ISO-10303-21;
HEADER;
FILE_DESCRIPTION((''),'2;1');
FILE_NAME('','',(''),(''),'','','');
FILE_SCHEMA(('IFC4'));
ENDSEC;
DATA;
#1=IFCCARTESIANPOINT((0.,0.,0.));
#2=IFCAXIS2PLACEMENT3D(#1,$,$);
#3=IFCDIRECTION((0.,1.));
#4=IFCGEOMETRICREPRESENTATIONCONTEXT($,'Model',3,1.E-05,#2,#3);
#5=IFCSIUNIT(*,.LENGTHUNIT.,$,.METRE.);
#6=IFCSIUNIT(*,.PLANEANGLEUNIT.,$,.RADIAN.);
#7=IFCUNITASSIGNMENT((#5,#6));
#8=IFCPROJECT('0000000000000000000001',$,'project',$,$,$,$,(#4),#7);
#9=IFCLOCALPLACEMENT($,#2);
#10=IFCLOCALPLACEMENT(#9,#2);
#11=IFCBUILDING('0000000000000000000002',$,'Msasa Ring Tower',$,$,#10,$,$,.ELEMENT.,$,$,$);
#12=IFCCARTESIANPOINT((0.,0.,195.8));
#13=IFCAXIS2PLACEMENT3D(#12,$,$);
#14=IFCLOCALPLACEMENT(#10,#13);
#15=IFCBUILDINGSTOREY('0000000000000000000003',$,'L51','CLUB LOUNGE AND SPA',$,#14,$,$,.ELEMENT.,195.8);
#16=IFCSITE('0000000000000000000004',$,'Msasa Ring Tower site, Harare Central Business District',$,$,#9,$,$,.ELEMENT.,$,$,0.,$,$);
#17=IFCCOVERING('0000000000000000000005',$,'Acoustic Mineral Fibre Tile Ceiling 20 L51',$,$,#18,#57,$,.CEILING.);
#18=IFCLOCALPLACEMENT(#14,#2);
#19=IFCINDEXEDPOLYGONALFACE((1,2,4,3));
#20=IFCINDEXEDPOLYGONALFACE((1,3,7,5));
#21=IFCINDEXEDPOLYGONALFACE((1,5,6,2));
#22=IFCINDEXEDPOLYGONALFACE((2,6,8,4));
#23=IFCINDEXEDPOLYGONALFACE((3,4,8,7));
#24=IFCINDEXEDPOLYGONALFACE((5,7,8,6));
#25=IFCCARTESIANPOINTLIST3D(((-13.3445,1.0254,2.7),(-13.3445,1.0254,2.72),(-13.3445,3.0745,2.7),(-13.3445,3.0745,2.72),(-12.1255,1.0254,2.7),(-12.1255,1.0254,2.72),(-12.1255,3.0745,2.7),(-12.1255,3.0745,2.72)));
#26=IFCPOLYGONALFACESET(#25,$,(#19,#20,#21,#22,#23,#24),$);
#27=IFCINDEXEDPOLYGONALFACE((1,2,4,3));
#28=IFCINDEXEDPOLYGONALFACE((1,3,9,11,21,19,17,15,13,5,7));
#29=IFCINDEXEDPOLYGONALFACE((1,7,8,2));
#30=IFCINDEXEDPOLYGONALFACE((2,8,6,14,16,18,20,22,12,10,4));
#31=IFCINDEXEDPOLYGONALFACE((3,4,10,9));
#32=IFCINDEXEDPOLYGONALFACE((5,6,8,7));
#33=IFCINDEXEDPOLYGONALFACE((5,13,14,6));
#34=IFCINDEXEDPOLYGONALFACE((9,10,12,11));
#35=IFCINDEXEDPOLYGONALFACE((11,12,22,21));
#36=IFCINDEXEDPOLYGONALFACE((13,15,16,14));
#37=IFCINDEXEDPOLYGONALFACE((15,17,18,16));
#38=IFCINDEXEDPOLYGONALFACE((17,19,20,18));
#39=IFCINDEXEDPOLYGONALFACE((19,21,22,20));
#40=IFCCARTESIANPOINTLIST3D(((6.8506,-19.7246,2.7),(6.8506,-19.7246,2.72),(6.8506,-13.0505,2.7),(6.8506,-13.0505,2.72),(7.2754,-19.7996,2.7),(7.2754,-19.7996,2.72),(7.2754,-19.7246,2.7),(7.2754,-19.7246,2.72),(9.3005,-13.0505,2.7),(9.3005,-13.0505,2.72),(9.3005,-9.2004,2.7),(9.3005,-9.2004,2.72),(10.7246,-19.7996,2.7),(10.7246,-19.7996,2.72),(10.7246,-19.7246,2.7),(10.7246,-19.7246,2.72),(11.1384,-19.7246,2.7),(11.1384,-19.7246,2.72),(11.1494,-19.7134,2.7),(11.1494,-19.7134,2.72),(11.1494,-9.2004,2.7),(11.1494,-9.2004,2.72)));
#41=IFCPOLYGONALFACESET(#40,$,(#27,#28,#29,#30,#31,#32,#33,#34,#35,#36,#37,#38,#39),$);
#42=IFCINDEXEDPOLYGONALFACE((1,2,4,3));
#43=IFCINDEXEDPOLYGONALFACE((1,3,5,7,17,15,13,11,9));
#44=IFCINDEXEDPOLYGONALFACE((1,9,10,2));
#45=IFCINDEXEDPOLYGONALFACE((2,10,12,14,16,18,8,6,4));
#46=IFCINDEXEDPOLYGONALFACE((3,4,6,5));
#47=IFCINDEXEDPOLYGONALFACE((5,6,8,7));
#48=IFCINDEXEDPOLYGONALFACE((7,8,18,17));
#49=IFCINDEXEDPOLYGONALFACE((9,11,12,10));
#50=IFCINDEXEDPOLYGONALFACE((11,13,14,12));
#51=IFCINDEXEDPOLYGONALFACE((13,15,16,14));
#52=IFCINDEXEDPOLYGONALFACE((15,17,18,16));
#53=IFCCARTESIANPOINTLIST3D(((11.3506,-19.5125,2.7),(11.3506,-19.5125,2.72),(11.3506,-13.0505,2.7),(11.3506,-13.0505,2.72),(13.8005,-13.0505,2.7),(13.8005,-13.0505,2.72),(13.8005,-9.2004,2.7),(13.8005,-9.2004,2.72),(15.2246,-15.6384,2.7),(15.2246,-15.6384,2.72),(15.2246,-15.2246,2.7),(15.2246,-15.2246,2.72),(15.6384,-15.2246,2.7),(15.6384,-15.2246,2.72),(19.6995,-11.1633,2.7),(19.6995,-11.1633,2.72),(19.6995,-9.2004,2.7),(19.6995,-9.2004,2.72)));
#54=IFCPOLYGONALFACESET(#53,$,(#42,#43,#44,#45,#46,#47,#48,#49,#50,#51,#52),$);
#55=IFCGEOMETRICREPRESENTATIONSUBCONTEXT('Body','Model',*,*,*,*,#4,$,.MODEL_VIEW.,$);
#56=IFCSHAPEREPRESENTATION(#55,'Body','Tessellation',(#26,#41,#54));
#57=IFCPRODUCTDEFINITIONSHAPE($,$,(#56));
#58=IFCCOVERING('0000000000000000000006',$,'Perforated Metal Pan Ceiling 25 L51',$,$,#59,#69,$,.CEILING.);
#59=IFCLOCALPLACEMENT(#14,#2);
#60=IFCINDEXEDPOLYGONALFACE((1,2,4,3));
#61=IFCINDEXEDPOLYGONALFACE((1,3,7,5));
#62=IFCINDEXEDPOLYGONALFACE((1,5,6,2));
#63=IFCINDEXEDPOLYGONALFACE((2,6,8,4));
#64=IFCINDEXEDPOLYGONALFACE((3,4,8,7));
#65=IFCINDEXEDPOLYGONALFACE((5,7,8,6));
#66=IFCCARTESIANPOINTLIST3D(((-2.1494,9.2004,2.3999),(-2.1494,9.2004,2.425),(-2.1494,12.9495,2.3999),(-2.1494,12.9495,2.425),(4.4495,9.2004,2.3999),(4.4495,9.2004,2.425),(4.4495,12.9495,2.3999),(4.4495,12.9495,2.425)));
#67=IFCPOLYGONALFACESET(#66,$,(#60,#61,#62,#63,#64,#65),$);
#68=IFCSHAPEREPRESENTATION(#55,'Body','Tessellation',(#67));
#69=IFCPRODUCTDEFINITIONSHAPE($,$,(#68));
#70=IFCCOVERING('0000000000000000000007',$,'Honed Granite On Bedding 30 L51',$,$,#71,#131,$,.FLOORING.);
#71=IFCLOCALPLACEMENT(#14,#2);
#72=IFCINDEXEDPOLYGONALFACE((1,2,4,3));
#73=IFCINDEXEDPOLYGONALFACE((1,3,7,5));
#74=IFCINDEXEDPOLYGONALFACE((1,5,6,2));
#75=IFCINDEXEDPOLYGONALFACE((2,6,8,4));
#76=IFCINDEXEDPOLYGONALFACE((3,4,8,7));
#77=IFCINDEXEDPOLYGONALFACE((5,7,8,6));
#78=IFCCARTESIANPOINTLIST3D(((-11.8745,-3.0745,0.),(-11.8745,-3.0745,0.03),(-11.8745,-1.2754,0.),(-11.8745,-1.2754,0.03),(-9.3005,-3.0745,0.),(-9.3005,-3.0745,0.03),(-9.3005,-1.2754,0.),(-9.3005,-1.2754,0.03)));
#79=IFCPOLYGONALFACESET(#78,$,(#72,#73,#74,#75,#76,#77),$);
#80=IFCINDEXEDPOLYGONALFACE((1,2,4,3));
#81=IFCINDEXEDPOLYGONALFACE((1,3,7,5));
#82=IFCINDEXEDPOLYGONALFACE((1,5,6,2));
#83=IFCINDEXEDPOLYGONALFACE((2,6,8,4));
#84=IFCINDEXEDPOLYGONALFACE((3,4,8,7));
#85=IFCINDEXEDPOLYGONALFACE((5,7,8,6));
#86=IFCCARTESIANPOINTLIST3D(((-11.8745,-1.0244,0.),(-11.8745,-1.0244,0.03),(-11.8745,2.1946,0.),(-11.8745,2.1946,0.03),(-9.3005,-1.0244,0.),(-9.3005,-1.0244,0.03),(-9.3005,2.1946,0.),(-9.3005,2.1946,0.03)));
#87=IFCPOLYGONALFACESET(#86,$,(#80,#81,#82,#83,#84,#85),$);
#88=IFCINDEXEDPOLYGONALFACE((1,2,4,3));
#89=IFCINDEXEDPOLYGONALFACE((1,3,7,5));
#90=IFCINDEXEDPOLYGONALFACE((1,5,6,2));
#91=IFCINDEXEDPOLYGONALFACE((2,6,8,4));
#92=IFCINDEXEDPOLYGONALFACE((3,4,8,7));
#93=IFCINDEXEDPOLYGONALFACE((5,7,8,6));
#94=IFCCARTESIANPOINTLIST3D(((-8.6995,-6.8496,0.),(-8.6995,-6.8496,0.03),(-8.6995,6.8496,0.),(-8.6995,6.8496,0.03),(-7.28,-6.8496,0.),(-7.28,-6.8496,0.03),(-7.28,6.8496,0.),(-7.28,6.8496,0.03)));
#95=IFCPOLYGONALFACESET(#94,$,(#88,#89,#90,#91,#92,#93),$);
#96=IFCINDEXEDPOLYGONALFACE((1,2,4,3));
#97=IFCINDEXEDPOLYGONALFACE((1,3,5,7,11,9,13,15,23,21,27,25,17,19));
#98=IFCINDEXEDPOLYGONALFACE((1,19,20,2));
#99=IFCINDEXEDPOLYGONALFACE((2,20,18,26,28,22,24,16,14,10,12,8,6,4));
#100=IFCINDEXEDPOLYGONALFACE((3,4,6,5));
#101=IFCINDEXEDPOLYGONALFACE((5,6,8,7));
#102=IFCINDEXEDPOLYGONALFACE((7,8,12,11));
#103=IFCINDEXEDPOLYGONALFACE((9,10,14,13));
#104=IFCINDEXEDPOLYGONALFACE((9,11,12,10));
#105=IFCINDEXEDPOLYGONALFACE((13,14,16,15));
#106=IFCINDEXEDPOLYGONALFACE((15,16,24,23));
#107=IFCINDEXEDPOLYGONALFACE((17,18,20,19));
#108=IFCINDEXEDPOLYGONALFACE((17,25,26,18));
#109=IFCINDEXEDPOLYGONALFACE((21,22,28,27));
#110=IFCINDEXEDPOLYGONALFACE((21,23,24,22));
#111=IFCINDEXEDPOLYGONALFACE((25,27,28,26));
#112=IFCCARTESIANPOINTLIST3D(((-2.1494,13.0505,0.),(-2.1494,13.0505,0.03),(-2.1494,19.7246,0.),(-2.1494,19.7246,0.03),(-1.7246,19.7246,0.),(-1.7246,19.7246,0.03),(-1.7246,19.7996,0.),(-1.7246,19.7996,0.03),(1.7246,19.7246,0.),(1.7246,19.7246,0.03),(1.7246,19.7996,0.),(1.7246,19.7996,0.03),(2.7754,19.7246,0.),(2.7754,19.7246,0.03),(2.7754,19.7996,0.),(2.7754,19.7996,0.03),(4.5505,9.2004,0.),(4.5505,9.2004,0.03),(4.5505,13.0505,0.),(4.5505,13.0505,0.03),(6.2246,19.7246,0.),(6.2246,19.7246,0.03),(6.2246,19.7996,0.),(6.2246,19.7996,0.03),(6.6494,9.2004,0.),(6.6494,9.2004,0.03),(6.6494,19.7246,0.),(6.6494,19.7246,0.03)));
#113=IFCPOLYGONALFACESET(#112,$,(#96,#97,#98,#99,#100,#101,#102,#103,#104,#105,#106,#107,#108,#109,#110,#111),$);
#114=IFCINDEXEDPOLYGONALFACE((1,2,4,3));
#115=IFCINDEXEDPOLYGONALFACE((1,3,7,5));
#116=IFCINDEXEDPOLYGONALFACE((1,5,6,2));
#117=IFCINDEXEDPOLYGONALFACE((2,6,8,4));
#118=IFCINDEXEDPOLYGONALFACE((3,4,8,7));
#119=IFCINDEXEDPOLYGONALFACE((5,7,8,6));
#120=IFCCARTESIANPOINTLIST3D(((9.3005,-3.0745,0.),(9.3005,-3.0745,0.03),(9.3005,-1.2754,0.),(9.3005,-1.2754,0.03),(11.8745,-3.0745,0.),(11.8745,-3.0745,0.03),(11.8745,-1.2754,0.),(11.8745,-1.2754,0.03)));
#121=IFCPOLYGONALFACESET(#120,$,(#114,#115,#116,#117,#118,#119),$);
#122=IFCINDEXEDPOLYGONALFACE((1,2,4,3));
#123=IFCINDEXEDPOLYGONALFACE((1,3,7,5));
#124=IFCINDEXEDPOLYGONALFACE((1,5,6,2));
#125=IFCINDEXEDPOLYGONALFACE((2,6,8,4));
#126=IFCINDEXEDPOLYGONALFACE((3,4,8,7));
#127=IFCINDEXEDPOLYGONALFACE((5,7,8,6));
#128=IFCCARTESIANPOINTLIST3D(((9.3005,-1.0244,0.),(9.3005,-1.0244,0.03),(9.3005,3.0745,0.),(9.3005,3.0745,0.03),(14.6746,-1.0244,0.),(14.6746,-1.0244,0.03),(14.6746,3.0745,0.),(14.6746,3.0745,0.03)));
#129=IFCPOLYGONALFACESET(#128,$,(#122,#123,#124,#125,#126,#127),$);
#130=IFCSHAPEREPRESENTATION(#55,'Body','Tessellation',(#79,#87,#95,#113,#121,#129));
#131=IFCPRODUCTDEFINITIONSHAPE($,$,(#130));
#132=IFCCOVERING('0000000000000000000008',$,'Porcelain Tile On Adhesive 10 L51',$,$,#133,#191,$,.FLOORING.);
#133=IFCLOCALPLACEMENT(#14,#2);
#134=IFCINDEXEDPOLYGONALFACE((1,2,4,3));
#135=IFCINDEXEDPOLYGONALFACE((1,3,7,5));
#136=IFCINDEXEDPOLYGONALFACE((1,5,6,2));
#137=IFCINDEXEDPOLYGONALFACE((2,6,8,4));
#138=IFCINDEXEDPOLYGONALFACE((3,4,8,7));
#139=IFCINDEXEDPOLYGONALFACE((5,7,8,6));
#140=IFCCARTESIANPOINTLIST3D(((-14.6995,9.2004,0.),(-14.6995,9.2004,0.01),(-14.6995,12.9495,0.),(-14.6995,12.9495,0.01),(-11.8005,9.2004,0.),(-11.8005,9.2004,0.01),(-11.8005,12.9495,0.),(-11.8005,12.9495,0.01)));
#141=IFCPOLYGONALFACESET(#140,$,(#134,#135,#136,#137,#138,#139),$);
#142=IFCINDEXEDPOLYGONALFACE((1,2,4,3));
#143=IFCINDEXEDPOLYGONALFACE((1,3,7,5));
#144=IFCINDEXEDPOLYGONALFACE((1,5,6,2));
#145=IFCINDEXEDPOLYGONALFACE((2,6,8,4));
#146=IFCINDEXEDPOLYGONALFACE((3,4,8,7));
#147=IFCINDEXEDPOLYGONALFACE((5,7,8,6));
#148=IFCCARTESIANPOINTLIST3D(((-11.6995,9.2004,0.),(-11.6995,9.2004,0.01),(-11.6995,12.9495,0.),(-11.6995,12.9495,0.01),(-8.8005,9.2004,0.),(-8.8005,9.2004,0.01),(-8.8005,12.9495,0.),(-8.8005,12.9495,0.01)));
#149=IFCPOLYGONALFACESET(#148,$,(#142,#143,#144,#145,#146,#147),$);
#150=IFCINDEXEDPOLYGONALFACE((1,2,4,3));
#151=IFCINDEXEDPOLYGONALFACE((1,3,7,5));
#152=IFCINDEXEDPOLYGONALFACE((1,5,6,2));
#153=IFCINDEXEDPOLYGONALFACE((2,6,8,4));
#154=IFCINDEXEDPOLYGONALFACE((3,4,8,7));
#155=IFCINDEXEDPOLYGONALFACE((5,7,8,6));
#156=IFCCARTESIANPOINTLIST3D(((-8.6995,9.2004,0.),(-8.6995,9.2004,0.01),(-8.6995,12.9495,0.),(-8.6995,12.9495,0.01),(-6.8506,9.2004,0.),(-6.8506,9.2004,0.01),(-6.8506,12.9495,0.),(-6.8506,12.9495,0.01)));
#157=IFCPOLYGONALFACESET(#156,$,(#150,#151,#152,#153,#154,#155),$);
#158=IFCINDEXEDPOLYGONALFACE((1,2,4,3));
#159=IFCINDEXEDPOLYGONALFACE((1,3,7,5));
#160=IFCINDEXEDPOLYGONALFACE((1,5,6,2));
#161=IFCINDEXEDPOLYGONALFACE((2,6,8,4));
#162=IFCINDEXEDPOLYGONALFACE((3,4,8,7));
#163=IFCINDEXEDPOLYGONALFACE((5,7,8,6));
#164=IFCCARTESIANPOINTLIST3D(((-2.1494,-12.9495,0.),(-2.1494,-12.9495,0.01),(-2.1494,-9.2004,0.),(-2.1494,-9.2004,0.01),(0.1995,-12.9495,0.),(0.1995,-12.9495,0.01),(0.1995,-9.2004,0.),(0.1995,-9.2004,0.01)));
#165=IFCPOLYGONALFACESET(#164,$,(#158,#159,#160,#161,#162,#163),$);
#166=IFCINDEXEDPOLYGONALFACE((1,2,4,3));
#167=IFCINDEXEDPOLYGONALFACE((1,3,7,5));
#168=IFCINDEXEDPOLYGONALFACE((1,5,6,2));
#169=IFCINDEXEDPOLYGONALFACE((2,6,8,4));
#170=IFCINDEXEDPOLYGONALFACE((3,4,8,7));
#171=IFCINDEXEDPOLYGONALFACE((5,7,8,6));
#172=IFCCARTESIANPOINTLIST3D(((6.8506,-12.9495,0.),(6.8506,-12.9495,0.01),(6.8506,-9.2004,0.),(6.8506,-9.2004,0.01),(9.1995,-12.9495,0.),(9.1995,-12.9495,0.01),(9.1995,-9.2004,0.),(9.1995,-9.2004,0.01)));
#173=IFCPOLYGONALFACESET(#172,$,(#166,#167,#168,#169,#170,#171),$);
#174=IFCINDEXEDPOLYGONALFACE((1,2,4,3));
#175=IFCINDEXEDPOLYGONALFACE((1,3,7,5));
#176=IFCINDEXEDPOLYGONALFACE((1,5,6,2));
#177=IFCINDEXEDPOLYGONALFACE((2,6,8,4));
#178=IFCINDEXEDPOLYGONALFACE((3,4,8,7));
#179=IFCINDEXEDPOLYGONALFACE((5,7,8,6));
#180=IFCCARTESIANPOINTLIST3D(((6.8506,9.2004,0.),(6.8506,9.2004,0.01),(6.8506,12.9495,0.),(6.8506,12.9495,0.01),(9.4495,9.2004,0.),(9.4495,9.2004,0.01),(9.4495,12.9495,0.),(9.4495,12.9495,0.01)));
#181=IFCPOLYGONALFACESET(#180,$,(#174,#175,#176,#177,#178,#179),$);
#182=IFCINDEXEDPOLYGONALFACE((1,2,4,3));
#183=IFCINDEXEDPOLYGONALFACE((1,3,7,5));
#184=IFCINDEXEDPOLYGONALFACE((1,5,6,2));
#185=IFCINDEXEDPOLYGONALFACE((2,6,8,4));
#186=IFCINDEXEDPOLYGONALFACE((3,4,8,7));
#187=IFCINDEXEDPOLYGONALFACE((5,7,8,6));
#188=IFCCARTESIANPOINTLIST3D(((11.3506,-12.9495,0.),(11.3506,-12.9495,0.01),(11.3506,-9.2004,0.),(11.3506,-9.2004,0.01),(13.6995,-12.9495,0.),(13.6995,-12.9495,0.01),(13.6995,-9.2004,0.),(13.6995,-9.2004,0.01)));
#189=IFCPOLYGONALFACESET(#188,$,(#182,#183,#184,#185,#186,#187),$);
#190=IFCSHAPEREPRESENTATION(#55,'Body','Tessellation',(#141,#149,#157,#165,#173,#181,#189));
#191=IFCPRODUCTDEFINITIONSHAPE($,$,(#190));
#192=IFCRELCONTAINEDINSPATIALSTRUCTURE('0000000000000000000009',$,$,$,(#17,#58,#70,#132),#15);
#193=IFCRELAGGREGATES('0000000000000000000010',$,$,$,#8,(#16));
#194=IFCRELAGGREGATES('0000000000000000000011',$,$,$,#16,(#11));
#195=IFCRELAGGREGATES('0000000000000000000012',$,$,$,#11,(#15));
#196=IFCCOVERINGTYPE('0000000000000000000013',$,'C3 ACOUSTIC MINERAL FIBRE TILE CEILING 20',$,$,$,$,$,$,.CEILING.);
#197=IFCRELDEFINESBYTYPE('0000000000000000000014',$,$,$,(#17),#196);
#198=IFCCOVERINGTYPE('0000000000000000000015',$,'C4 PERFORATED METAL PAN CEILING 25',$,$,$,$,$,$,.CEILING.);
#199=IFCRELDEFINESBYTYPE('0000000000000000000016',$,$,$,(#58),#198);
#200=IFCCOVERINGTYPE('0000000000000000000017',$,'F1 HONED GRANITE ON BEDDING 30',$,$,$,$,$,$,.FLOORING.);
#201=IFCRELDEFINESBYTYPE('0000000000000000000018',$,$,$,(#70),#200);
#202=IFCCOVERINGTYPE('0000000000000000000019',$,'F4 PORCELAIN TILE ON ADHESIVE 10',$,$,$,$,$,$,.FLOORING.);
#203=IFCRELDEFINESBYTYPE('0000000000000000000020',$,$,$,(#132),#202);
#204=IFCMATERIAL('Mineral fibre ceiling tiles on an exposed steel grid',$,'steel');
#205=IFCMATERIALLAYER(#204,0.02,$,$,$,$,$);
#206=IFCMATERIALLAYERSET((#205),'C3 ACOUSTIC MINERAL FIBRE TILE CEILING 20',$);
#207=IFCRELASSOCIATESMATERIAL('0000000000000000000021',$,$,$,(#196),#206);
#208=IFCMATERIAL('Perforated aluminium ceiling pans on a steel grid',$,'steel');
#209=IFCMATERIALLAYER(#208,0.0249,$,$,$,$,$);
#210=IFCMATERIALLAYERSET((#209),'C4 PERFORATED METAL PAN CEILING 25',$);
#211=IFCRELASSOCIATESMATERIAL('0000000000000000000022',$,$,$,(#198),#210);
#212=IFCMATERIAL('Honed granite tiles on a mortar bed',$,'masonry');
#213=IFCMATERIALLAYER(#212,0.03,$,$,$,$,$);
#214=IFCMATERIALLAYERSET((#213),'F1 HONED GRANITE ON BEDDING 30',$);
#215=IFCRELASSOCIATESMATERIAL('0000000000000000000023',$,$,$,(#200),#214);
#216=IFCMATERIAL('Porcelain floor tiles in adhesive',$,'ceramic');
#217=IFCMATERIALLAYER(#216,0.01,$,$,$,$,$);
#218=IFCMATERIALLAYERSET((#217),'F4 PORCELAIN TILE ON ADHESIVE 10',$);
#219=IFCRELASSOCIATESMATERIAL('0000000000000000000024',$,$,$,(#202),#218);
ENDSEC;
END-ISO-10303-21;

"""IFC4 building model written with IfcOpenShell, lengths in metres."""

from ifc_helpers import new_model, si_unit, direction, frame, origin, place, context, subcontext, project, spatial, line, indexed_curve, outline, extrude, material, layer, layer_set, type_object, element, save


model = new_model("IFC4")

# Units and contexts
model_context = context("Model", 3, precision=1e-05, world=origin(), true_north=direction((0.0, 1.0)))
body_context = subcontext(model_context, "Body", "Model", "MODEL_VIEW")
ifc_project = project(units=[si_unit("LENGTHUNIT", "METRE"), si_unit("PLANEANGLEUNIT", "RADIAN")], contexts=[model_context])

# Site, building, storey
site_placement = place(None, origin())
site = spatial("IfcSite", under=ifc_project, at=site_placement, Name="Msasa Ring Tower site, Harare Central Business District", CompositionType="ELEMENT", RefElevation=0.0)
building_placement = place(site_placement, origin())
building = spatial("IfcBuilding", under=site, at=building_placement, Name="Msasa Ring Tower", CompositionType="ELEMENT")
storey_placement = place(building_placement, frame((0.0, 0.0, 195.8)))
storey = spatial("IfcBuildingStorey", under=building, at=storey_placement, Name="L51", Description="CLUB LOUNGE AND SPA", CompositionType="ELEMENT", Elevation=195.8)

# Coverings
ifc_material_1 = material(Name="Mineral fibre ceiling tiles on an exposed steel grid", Category="steel")
ifc_layer_1 = layer(ifc_material_1, 0.02)
ifc_layer_set_1 = layer_set([ifc_layer_1], Name="C3 ACOUSTIC MINERAL FIBRE TILE CEILING 20")
covering_type_1 = type_object("IfcCoveringType", Name="C3 ACOUSTIC MINERAL FIBRE TILE CEILING 20", PredefinedType="CEILING", material=ifc_layer_set_1)
covering_1_placement = place(storey_placement, frame((0.0, 0.0, 2.7)))
element("IfcCovering", 1, at=covering_1_placement, inside=storey, type_object=covering_type_1, Name="Acoustic Mineral Fibre Tile Ceiling 20 L51", PredefinedType="CEILING", context=body_context, shape_type="SweptSolid", body=[
    extrude(outline(indexed_curve([(-12.1255, 1.0254), (-13.3445, 1.0254), (-13.3445, 3.0745), (-12.1255, 3.0745)], segments=[line(1, 2, 3, 4, 1)], self_intersect=False)), origin(), (0.0, 0.0, 1.0), 0.02),
    extrude(outline(indexed_curve([(7.2754, -19.7996), (7.2754, -19.7246), (6.8506, -19.7246), (6.8506, -13.0505), (9.3005, -13.0505), (9.3005, -9.2004), (11.1494, -9.2004), (11.1494, -19.7134), (11.1384, -19.7246), (10.7246, -19.7246), (10.7246, -19.7996)], segments=[line(1, 2, 3, 4, 5, 6, 7, 8, 9, 10, 11, 1)], self_intersect=False)), origin(), (0.0, 0.0, 1.0), 0.02),
    extrude(outline(indexed_curve([(13.8005, -13.0505), (13.8005, -9.2004), (19.6995, -9.2004), (19.6995, -11.1633), (15.6384, -15.2246), (15.2246, -15.2246), (15.2246, -15.6384), (11.3506, -19.5125), (11.3506, -13.0505)], segments=[line(1, 2, 3, 4, 5, 6, 7, 8, 9, 1)], self_intersect=False)), origin(), (0.0, 0.0, 1.0), 0.02),
])
ifc_material_2 = material(Name="Perforated aluminium ceiling pans on a steel grid", Category="steel")
ifc_layer_2 = layer(ifc_material_2, 0.0249)
ifc_layer_set_2 = layer_set([ifc_layer_2], Name="C4 PERFORATED METAL PAN CEILING 25")
covering_type_2 = type_object("IfcCoveringType", Name="C4 PERFORATED METAL PAN CEILING 25", PredefinedType="CEILING", material=ifc_layer_set_2)
covering_2_placement = place(storey_placement, frame((0.0, 0.0, 2.3999)))
element("IfcCovering", 2, at=covering_2_placement, inside=storey, type_object=covering_type_2, Name="Perforated Metal Pan Ceiling 25 L51", PredefinedType="CEILING", context=body_context, shape_type="SweptSolid", body=[
    extrude(outline(indexed_curve([(-2.1494, 12.9495), (4.4495, 12.9495), (4.4495, 9.2004), (-2.1494, 9.2004)], segments=[line(1, 2, 3, 4, 1)], self_intersect=False)), origin(), (0.0, 0.0, 1.0), 0.0251),
])
ifc_material_3 = material(Name="Honed granite tiles on a mortar bed", Category="masonry")
ifc_layer_3 = layer(ifc_material_3, 0.03)
ifc_layer_set_3 = layer_set([ifc_layer_3], Name="F1 HONED GRANITE ON BEDDING 30")
covering_type_3 = type_object("IfcCoveringType", Name="F1 HONED GRANITE ON BEDDING 30", PredefinedType="FLOORING", material=ifc_layer_set_3)
covering_3_placement = place(storey_placement, origin())
element("IfcCovering", 3, at=covering_3_placement, inside=storey, type_object=covering_type_3, Name="Honed Granite On Bedding 30 L51", PredefinedType="FLOORING", context=body_context, shape_type="SweptSolid", body=[
    extrude(outline(indexed_curve([(-11.8745, -3.0745), (-11.8745, -1.2754), (-9.3005, -1.2754), (-9.3005, -3.0745)], segments=[line(1, 2, 3, 4, 1)], self_intersect=False)), origin(), (0.0, 0.0, 1.0), 0.03),
    extrude(outline(indexed_curve([(-11.8745, -1.0244), (-11.8745, 2.1946), (-9.3005, 2.1946), (-9.3005, -1.0244)], segments=[line(1, 2, 3, 4, 1)], self_intersect=False)), origin(), (0.0, 0.0, 1.0), 0.03),
    extrude(outline(indexed_curve([(-8.6995, 6.8496), (-7.28, 6.8496), (-7.28, -6.8496), (-8.6995, -6.8496)], segments=[line(1, 2, 3, 4, 1)], self_intersect=False)), origin(), (0.0, 0.0, 1.0), 0.03),
    extrude(outline(indexed_curve([(1.7246, 19.7996), (1.7246, 19.7246), (2.7754, 19.7246), (2.7754, 19.7996), (6.2246, 19.7996), (6.2246, 19.7246), (6.6494, 19.7246), (6.6494, 9.2004), (4.5505, 9.2004), (4.5505, 13.0505), (-2.1494, 13.0505), (-2.1494, 19.7246), (-1.7246, 19.7246), (-1.7246, 19.7996)], segments=[line(1, 2, 3, 4, 5, 6, 7, 8, 9, 10, 11, 12, 13, 14, 1)], self_intersect=False)), origin(), (0.0, 0.0, 1.0), 0.03),
    extrude(outline(indexed_curve([(9.3005, -1.2754), (11.8745, -1.2754), (11.8745, -3.0745), (9.3005, -3.0745)], segments=[line(1, 2, 3, 4, 1)], self_intersect=False)), origin(), (0.0, 0.0, 1.0), 0.03),
    extrude(outline(indexed_curve([(9.3005, 3.0745), (14.6746, 3.0745), (14.6746, -1.0244), (9.3005, -1.0244)], segments=[line(1, 2, 3, 4, 1)], self_intersect=False)), origin(), (0.0, 0.0, 1.0), 0.03),
])
ifc_material_4 = material(Name="Porcelain floor tiles in adhesive", Category="ceramic")
ifc_layer_4 = layer(ifc_material_4, 0.01)
ifc_layer_set_4 = layer_set([ifc_layer_4], Name="F4 PORCELAIN TILE ON ADHESIVE 10")
covering_type_4 = type_object("IfcCoveringType", Name="F4 PORCELAIN TILE ON ADHESIVE 10", PredefinedType="FLOORING", material=ifc_layer_set_4)
covering_4_placement = place(storey_placement, origin())
element("IfcCovering", 4, at=covering_4_placement, inside=storey, type_object=covering_type_4, Name="Porcelain Tile On Adhesive 10 L51", PredefinedType="FLOORING", context=body_context, shape_type="SweptSolid", body=[
    extrude(outline(indexed_curve([(-14.6995, 12.9495), (-11.8005, 12.9495), (-11.8005, 9.2004), (-14.6995, 9.2004)], segments=[line(1, 2, 3, 4, 1)], self_intersect=False)), origin(), (0.0, 0.0, 1.0), 0.01),
    extrude(outline(indexed_curve([(-11.6995, 12.9495), (-8.8005, 12.9495), (-8.8005, 9.2004), (-11.6995, 9.2004)], segments=[line(1, 2, 3, 4, 1)], self_intersect=False)), origin(), (0.0, 0.0, 1.0), 0.01),
    extrude(outline(indexed_curve([(-8.6995, 12.9495), (-6.8506, 12.9495), (-6.8506, 9.2004), (-8.6995, 9.2004)], segments=[line(1, 2, 3, 4, 1)], self_intersect=False)), origin(), (0.0, 0.0, 1.0), 0.01),
    extrude(outline(indexed_curve([(-2.1494, -12.9495), (-2.1494, -9.2004), (0.1995, -9.2004), (0.1995, -12.9495)], segments=[line(1, 2, 3, 4, 1)], self_intersect=False)), origin(), (0.0, 0.0, 1.0), 0.01),
    extrude(outline(indexed_curve([(9.1995, -9.2004), (9.1995, -12.9495), (6.8506, -12.9495), (6.8506, -9.2004)], segments=[line(1, 2, 3, 4, 1)], self_intersect=False)), origin(), (0.0, 0.0, 1.0), 0.01),
    extrude(outline(indexed_curve([(9.4495, 12.9495), (9.4495, 9.2004), (6.8506, 9.2004), (6.8506, 12.9495)], segments=[line(1, 2, 3, 4, 1)], self_intersect=False)), origin(), (0.0, 0.0, 1.0), 0.01),
    extrude(outline(indexed_curve([(11.3506, -9.2004), (13.6995, -9.2004), (13.6995, -12.9495), (11.3506, -12.9495)], segments=[line(1, 2, 3, 4, 1)], self_intersect=False)), origin(), (0.0, 0.0, 1.0), 0.01),
])

save(model, "model.ifc")
